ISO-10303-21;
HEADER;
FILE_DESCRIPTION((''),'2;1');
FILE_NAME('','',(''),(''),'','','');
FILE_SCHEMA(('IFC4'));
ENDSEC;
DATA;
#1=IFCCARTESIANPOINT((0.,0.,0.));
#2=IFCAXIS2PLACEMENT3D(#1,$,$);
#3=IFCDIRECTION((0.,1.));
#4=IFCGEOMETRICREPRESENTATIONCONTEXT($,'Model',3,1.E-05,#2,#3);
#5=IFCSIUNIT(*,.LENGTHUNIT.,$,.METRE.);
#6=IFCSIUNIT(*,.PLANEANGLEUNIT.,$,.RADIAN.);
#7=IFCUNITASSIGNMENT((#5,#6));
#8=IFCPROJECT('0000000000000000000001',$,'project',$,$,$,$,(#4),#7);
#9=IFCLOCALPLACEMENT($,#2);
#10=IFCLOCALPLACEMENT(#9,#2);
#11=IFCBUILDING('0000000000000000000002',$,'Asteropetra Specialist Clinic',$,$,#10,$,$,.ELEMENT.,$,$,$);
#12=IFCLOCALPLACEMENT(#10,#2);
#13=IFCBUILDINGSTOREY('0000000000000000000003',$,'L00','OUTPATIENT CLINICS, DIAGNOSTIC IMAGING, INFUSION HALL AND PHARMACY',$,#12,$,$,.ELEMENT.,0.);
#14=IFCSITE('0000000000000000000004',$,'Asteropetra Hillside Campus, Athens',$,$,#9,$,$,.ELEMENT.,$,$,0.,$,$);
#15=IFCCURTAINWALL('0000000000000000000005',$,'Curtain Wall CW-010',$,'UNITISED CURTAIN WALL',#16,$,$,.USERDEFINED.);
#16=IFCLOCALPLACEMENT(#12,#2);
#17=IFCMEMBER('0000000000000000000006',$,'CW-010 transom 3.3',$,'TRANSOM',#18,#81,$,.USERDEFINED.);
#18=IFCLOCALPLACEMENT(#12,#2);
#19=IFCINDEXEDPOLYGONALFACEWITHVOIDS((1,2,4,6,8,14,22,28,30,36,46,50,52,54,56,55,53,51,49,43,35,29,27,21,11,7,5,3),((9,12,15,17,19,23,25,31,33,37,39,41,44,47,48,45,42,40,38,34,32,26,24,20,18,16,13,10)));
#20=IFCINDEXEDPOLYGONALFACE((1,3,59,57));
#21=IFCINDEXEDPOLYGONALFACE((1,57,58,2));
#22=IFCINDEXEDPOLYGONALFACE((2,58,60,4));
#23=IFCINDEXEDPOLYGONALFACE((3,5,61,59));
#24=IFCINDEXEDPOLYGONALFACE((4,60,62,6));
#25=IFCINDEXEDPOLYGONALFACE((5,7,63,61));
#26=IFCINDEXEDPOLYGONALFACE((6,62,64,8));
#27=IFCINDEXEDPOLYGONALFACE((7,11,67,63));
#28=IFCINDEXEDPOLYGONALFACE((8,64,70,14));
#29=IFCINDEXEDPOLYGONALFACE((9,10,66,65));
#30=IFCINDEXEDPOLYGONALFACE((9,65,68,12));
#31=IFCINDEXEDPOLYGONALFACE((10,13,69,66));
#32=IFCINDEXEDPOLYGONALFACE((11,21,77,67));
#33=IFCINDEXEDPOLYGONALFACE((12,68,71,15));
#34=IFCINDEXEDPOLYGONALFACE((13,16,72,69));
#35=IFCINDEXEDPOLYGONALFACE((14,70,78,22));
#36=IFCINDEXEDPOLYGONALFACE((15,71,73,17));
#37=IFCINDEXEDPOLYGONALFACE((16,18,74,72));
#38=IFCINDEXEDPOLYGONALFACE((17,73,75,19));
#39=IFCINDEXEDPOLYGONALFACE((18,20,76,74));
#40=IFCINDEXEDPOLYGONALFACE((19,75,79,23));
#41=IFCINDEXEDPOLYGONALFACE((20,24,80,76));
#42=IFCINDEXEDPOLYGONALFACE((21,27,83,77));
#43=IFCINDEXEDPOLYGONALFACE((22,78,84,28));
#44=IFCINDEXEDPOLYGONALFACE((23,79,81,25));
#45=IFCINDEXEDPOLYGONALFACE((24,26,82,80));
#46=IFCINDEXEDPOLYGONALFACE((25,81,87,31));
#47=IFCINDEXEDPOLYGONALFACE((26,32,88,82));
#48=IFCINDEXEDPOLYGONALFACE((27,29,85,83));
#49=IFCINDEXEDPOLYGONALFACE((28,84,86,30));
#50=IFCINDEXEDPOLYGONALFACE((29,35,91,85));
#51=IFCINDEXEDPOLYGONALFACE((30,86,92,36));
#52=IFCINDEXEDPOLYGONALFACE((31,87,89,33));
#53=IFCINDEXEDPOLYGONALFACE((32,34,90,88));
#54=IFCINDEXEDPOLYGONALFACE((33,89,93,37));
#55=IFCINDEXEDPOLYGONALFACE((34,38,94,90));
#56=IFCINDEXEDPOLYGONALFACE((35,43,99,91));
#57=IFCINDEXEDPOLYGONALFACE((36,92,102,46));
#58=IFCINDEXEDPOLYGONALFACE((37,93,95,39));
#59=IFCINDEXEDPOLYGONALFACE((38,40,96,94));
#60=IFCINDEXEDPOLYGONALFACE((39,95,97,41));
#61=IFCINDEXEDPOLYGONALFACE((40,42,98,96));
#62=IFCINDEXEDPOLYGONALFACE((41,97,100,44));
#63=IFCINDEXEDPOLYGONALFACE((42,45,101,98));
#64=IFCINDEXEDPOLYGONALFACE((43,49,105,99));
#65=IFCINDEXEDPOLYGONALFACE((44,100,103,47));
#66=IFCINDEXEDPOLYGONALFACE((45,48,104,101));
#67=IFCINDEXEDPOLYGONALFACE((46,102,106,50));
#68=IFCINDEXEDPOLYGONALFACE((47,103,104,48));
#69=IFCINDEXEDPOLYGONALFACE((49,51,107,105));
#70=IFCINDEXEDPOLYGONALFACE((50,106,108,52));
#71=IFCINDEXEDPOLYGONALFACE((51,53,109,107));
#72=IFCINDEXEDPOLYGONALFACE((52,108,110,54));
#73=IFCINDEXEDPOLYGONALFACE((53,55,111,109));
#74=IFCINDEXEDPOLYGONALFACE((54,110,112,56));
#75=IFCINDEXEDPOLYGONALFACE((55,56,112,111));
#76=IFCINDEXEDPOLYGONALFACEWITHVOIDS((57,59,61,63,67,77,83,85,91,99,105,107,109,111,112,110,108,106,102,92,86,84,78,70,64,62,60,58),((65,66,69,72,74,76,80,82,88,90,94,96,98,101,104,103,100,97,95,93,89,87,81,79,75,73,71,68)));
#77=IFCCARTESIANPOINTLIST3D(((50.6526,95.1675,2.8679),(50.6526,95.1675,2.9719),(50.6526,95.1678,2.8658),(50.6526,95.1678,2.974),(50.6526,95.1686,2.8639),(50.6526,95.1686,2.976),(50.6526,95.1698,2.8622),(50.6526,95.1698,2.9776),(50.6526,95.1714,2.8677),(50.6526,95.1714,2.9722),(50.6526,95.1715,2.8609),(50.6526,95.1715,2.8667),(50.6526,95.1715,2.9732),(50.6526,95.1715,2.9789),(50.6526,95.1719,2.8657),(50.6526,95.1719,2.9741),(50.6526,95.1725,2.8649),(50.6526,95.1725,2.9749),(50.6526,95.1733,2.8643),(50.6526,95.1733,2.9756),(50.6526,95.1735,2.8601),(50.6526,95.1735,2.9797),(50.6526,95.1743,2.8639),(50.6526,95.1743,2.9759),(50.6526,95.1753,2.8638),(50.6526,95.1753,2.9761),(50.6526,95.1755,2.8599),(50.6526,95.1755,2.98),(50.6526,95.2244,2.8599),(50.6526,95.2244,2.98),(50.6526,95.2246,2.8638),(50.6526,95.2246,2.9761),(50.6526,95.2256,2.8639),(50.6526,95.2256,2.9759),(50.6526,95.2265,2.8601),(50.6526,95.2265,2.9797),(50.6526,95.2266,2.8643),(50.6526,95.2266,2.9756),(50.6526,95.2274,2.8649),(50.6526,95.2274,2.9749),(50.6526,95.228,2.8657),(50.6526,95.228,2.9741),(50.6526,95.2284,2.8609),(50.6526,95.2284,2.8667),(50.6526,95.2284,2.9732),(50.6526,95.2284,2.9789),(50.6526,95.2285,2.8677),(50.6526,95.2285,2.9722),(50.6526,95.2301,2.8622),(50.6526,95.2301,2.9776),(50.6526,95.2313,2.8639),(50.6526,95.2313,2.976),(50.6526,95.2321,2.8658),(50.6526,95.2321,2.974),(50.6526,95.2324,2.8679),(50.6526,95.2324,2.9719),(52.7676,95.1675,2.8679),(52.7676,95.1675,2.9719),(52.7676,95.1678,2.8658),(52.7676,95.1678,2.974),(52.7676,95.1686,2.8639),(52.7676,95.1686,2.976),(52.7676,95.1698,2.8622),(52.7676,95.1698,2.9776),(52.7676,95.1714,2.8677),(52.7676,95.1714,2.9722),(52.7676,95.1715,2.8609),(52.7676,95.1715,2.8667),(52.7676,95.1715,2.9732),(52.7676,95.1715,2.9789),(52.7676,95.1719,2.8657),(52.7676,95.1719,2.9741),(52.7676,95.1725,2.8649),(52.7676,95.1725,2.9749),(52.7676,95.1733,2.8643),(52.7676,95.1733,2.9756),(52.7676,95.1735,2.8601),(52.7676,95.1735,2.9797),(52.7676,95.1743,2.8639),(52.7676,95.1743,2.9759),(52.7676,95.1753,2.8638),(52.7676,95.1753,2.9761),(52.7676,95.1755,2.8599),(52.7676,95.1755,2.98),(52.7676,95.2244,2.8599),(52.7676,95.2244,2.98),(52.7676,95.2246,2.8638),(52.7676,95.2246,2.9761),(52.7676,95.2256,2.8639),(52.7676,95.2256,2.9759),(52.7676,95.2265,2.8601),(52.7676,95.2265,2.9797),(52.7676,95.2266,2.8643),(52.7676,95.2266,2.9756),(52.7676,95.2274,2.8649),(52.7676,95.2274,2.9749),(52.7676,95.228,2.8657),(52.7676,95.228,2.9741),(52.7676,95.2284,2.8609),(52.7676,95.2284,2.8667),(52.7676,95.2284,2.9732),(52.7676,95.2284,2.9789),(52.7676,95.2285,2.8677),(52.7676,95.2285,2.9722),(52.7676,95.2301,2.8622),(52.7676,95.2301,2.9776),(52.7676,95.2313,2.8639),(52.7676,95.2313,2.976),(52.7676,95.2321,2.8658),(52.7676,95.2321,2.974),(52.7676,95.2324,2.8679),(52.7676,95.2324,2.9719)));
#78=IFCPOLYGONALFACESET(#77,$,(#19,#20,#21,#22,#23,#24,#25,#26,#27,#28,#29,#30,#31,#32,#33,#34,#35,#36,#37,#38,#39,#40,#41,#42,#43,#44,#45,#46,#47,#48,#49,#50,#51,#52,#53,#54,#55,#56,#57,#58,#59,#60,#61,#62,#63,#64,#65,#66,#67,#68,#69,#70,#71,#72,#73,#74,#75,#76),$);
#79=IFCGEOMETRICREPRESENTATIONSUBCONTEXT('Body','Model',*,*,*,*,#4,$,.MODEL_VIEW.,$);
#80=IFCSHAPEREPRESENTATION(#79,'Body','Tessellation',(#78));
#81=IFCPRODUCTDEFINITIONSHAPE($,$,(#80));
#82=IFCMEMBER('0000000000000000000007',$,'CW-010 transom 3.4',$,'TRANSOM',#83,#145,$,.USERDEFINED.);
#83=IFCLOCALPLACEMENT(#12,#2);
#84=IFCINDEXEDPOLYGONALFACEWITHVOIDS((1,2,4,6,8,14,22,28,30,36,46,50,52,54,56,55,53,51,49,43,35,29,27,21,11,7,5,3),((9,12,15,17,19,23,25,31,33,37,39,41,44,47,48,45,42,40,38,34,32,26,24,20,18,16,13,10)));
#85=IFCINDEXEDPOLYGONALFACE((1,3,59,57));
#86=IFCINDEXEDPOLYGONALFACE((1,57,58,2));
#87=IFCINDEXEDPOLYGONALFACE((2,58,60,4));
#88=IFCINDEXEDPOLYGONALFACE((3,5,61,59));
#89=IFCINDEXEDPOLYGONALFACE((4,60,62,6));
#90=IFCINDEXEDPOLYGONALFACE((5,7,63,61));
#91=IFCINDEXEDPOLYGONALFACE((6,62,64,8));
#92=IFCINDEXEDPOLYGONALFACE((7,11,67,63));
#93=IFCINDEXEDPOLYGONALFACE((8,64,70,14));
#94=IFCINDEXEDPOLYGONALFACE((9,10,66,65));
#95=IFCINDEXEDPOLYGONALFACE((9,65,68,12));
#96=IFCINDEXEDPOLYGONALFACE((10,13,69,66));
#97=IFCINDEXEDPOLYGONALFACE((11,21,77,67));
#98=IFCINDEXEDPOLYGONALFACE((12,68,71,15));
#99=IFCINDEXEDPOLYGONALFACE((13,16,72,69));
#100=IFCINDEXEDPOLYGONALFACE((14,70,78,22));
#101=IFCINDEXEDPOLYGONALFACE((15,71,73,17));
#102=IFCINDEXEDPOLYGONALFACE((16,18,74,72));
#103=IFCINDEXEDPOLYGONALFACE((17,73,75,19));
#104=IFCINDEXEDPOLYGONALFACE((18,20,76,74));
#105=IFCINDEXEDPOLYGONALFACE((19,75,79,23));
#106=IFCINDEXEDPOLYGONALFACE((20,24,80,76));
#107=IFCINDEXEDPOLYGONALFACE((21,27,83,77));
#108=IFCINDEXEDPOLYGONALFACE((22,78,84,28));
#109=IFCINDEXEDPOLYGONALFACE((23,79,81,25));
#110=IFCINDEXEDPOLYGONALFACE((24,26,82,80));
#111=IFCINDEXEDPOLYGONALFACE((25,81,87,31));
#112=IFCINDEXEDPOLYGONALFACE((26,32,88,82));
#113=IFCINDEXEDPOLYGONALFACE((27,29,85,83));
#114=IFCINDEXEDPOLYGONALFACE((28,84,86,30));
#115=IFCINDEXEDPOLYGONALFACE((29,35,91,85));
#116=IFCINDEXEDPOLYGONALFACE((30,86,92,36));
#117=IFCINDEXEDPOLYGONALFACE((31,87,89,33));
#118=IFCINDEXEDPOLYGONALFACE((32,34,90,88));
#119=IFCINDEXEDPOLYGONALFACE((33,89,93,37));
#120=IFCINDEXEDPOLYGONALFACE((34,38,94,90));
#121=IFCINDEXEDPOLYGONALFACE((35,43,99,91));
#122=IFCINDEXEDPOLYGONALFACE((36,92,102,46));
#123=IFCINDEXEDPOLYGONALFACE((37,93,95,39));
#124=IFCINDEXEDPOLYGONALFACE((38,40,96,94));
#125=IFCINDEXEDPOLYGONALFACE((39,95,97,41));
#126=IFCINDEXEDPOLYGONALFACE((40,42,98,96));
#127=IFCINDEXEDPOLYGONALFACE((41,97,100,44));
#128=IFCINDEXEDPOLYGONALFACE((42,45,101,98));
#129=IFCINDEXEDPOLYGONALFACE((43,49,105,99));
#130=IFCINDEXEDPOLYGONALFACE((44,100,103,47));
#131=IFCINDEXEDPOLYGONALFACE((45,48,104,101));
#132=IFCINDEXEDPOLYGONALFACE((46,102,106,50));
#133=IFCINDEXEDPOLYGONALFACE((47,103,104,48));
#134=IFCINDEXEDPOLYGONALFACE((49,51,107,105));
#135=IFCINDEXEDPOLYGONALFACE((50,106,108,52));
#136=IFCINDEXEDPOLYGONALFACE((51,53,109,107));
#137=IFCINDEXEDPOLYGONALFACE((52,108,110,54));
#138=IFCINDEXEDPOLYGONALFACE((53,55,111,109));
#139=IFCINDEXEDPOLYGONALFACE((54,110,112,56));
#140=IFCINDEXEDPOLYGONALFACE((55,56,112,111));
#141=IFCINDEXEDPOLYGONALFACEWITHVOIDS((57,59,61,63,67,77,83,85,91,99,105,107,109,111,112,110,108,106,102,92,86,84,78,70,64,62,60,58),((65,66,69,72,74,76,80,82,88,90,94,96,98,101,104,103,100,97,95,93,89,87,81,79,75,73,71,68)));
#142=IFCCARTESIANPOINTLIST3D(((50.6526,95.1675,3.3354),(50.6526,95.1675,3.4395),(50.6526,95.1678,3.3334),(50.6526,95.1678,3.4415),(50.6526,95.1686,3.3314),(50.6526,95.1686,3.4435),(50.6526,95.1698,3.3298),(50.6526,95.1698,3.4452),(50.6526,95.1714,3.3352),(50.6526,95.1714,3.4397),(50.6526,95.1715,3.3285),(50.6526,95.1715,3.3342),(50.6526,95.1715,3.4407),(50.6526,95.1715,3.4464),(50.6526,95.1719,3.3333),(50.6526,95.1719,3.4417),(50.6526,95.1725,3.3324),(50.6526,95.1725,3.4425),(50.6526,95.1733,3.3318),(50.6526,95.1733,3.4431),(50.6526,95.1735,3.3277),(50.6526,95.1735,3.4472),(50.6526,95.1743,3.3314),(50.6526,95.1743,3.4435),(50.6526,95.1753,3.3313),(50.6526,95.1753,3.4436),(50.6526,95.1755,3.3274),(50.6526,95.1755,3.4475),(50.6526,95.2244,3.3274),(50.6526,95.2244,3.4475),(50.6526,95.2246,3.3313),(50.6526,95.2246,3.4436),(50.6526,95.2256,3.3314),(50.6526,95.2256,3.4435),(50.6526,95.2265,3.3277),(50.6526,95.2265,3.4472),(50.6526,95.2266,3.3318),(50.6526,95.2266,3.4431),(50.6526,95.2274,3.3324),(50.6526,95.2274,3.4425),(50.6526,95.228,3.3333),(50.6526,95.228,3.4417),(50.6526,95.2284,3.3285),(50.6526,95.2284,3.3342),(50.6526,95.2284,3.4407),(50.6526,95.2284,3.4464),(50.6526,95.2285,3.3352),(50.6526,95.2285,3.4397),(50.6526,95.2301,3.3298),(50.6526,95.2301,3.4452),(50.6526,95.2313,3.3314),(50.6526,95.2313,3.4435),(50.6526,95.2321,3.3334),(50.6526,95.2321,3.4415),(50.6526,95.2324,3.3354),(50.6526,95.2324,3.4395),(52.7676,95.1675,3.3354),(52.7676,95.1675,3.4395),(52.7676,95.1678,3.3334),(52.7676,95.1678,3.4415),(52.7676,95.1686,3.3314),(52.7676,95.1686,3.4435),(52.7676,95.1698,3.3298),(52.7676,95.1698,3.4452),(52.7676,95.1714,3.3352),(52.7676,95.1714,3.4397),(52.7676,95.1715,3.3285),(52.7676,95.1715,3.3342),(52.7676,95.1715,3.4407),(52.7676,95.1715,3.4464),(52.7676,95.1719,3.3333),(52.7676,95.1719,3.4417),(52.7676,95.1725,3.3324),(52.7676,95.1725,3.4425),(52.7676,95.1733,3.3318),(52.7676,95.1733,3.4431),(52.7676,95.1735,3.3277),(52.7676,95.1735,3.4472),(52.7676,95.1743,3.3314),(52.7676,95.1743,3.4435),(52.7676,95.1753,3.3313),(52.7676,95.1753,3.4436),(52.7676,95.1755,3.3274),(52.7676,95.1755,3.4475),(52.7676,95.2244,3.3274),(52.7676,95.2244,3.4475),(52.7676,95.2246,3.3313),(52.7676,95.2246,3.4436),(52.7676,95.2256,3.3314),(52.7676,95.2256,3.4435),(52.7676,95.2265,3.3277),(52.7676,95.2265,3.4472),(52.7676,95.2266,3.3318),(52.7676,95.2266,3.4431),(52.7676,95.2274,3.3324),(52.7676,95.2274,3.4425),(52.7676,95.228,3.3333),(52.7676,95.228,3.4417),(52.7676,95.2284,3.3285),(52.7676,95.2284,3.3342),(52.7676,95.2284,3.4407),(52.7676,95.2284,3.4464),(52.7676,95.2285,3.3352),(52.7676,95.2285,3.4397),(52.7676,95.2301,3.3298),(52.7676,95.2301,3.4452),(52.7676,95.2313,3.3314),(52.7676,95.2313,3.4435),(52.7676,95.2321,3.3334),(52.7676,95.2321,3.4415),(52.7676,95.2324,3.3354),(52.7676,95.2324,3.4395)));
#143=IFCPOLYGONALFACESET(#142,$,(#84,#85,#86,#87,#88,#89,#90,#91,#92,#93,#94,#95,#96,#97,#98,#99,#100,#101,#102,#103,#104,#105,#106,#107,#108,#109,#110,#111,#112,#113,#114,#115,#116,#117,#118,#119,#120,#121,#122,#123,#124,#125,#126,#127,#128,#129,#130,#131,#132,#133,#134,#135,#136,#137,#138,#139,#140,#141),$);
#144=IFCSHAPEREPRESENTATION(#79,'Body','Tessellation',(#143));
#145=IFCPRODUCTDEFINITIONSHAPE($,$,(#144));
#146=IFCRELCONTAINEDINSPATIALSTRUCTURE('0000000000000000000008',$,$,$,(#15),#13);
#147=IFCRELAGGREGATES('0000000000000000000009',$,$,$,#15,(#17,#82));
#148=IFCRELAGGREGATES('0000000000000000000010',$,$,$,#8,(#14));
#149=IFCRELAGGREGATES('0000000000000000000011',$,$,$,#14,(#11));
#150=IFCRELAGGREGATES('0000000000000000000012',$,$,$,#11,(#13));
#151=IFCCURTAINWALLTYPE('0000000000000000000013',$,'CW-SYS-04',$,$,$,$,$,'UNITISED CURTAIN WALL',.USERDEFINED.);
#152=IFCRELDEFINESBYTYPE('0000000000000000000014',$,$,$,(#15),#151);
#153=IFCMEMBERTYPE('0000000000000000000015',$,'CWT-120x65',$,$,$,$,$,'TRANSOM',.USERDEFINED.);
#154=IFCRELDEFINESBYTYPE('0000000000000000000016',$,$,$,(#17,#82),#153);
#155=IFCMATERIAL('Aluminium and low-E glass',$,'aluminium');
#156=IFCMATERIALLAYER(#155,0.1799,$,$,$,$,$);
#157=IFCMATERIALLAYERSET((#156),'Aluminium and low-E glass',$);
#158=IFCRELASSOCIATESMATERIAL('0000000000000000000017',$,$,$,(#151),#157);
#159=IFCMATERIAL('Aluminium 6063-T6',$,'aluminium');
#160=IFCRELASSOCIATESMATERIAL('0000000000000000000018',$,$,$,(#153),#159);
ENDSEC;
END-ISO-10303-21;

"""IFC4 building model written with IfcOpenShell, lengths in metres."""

from ifc_helpers import new_model, si_unit, direction, frame, origin, origin_2d, place, context, subcontext, project, spatial, hollow_rectangle, extrude, material, layer, layer_set, material_profile, profile_set, type_object, element, aggregate, save


model = new_model("IFC4")

# Units and contexts
model_context = context("Model", 3, precision=1e-05, world=origin(), true_north=direction((0.0, 1.0)))
body_context = subcontext(model_context, "Body", "Model", "MODEL_VIEW")
ifc_project = project(units=[si_unit("LENGTHUNIT", "METRE"), si_unit("PLANEANGLEUNIT", "RADIAN")], contexts=[model_context])

# Site, building, storey
site_placement = place(None, origin())
site = spatial("IfcSite", under=ifc_project, at=site_placement, Name="Asteropetra Hillside Campus, Athens", CompositionType="ELEMENT", RefElevation=0.0)
building_placement = place(site_placement, origin())
building = spatial("IfcBuilding", under=site, at=building_placement, Name="Asteropetra Specialist Clinic", CompositionType="ELEMENT")
storey_placement = place(building_placement, origin())
storey = spatial("IfcBuildingStorey", under=building, at=storey_placement, Name="L00", Description="OUTPATIENT CLINICS, DIAGNOSTIC IMAGING, INFUSION HALL AND PHARMACY", CompositionType="ELEMENT", Elevation=0.0)

# Curtain wall, members
ifc_material_1 = material(Name="Aluminium and low-E glass", Category="aluminium")
ifc_layer_1 = layer(ifc_material_1, 0.1799)
ifc_layer_set_1 = layer_set([ifc_layer_1], Name="Aluminium and low-E glass")
curtain_wall_type = type_object("IfcCurtainWallType", Name="CW-SYS-04", ElementType="UNITISED CURTAIN WALL", PredefinedType="USERDEFINED", material=ifc_layer_set_1)
curtain_wall_placement = place(storey_placement, origin())
curtain_wall = element("IfcCurtainWall", 1, at=curtain_wall_placement, inside=storey, type_object=curtain_wall_type, Name="Curtain Wall CW-010", ObjectType="UNITISED CURTAIN WALL", PredefinedType="USERDEFINED")
ifc_material_2 = material(Name="Aluminium 6063-T6", Category="aluminium")
ifc_material_profile_1 = material_profile(ifc_material_2, hollow_rectangle(XDim=0.0649, YDim=0.1201, WallThickness=0.0039, InnerFilletRadius=0.0039, OuterFilletRadius=0.0081, at=origin_2d()), Name="TRN 120x65x4.0")
ifc_profile_set_1 = profile_set([ifc_material_profile_1], Name="Aluminium 6063-T6")
member_type_1 = type_object("IfcMemberType", Name="CWT-120x65", ElementType="TRANSOM", PredefinedType="USERDEFINED", material=ifc_profile_set_1)
member_1_placement = place(storey_placement, frame((52.7676, 95.2, 2.9199), z_axis=(-1.0, 0.0, 0.0), x_axis=(0.0, -1.0, 0.0)))
member_1 = element("IfcMember", 2, at=member_1_placement, type_object=member_type_1, Name="CW-010 transom 3.3", ObjectType="TRANSOM", PredefinedType="USERDEFINED", context=body_context, shape_type="SweptSolid", body=[
    extrude(hollow_rectangle(XDim=0.0649, YDim=0.1201, WallThickness=0.0039, InnerFilletRadius=0.0039, OuterFilletRadius=0.0081, at=origin_2d()), origin(), (0.0, 0.0, 1.0), 2.115),
])
member_2_placement = place(storey_placement, frame((52.7676, 95.2, 3.3875), z_axis=(-1.0, 0.0, 0.0), x_axis=(0.0, -1.0, 0.0)))
member_2 = element("IfcMember", 3, at=member_2_placement, type_object=member_type_1, Name="CW-010 transom 3.4", ObjectType="TRANSOM", PredefinedType="USERDEFINED", context=body_context, shape_type="SweptSolid", body=[
    extrude(hollow_rectangle(XDim=0.0649, YDim=0.1201, WallThickness=0.0039, InnerFilletRadius=0.0039, OuterFilletRadius=0.0081, at=origin_2d()), origin(), (0.0, 0.0, 1.0), 2.115),
])
aggregate(curtain_wall, [member_1, member_2])

save(model, "model.ifc")
